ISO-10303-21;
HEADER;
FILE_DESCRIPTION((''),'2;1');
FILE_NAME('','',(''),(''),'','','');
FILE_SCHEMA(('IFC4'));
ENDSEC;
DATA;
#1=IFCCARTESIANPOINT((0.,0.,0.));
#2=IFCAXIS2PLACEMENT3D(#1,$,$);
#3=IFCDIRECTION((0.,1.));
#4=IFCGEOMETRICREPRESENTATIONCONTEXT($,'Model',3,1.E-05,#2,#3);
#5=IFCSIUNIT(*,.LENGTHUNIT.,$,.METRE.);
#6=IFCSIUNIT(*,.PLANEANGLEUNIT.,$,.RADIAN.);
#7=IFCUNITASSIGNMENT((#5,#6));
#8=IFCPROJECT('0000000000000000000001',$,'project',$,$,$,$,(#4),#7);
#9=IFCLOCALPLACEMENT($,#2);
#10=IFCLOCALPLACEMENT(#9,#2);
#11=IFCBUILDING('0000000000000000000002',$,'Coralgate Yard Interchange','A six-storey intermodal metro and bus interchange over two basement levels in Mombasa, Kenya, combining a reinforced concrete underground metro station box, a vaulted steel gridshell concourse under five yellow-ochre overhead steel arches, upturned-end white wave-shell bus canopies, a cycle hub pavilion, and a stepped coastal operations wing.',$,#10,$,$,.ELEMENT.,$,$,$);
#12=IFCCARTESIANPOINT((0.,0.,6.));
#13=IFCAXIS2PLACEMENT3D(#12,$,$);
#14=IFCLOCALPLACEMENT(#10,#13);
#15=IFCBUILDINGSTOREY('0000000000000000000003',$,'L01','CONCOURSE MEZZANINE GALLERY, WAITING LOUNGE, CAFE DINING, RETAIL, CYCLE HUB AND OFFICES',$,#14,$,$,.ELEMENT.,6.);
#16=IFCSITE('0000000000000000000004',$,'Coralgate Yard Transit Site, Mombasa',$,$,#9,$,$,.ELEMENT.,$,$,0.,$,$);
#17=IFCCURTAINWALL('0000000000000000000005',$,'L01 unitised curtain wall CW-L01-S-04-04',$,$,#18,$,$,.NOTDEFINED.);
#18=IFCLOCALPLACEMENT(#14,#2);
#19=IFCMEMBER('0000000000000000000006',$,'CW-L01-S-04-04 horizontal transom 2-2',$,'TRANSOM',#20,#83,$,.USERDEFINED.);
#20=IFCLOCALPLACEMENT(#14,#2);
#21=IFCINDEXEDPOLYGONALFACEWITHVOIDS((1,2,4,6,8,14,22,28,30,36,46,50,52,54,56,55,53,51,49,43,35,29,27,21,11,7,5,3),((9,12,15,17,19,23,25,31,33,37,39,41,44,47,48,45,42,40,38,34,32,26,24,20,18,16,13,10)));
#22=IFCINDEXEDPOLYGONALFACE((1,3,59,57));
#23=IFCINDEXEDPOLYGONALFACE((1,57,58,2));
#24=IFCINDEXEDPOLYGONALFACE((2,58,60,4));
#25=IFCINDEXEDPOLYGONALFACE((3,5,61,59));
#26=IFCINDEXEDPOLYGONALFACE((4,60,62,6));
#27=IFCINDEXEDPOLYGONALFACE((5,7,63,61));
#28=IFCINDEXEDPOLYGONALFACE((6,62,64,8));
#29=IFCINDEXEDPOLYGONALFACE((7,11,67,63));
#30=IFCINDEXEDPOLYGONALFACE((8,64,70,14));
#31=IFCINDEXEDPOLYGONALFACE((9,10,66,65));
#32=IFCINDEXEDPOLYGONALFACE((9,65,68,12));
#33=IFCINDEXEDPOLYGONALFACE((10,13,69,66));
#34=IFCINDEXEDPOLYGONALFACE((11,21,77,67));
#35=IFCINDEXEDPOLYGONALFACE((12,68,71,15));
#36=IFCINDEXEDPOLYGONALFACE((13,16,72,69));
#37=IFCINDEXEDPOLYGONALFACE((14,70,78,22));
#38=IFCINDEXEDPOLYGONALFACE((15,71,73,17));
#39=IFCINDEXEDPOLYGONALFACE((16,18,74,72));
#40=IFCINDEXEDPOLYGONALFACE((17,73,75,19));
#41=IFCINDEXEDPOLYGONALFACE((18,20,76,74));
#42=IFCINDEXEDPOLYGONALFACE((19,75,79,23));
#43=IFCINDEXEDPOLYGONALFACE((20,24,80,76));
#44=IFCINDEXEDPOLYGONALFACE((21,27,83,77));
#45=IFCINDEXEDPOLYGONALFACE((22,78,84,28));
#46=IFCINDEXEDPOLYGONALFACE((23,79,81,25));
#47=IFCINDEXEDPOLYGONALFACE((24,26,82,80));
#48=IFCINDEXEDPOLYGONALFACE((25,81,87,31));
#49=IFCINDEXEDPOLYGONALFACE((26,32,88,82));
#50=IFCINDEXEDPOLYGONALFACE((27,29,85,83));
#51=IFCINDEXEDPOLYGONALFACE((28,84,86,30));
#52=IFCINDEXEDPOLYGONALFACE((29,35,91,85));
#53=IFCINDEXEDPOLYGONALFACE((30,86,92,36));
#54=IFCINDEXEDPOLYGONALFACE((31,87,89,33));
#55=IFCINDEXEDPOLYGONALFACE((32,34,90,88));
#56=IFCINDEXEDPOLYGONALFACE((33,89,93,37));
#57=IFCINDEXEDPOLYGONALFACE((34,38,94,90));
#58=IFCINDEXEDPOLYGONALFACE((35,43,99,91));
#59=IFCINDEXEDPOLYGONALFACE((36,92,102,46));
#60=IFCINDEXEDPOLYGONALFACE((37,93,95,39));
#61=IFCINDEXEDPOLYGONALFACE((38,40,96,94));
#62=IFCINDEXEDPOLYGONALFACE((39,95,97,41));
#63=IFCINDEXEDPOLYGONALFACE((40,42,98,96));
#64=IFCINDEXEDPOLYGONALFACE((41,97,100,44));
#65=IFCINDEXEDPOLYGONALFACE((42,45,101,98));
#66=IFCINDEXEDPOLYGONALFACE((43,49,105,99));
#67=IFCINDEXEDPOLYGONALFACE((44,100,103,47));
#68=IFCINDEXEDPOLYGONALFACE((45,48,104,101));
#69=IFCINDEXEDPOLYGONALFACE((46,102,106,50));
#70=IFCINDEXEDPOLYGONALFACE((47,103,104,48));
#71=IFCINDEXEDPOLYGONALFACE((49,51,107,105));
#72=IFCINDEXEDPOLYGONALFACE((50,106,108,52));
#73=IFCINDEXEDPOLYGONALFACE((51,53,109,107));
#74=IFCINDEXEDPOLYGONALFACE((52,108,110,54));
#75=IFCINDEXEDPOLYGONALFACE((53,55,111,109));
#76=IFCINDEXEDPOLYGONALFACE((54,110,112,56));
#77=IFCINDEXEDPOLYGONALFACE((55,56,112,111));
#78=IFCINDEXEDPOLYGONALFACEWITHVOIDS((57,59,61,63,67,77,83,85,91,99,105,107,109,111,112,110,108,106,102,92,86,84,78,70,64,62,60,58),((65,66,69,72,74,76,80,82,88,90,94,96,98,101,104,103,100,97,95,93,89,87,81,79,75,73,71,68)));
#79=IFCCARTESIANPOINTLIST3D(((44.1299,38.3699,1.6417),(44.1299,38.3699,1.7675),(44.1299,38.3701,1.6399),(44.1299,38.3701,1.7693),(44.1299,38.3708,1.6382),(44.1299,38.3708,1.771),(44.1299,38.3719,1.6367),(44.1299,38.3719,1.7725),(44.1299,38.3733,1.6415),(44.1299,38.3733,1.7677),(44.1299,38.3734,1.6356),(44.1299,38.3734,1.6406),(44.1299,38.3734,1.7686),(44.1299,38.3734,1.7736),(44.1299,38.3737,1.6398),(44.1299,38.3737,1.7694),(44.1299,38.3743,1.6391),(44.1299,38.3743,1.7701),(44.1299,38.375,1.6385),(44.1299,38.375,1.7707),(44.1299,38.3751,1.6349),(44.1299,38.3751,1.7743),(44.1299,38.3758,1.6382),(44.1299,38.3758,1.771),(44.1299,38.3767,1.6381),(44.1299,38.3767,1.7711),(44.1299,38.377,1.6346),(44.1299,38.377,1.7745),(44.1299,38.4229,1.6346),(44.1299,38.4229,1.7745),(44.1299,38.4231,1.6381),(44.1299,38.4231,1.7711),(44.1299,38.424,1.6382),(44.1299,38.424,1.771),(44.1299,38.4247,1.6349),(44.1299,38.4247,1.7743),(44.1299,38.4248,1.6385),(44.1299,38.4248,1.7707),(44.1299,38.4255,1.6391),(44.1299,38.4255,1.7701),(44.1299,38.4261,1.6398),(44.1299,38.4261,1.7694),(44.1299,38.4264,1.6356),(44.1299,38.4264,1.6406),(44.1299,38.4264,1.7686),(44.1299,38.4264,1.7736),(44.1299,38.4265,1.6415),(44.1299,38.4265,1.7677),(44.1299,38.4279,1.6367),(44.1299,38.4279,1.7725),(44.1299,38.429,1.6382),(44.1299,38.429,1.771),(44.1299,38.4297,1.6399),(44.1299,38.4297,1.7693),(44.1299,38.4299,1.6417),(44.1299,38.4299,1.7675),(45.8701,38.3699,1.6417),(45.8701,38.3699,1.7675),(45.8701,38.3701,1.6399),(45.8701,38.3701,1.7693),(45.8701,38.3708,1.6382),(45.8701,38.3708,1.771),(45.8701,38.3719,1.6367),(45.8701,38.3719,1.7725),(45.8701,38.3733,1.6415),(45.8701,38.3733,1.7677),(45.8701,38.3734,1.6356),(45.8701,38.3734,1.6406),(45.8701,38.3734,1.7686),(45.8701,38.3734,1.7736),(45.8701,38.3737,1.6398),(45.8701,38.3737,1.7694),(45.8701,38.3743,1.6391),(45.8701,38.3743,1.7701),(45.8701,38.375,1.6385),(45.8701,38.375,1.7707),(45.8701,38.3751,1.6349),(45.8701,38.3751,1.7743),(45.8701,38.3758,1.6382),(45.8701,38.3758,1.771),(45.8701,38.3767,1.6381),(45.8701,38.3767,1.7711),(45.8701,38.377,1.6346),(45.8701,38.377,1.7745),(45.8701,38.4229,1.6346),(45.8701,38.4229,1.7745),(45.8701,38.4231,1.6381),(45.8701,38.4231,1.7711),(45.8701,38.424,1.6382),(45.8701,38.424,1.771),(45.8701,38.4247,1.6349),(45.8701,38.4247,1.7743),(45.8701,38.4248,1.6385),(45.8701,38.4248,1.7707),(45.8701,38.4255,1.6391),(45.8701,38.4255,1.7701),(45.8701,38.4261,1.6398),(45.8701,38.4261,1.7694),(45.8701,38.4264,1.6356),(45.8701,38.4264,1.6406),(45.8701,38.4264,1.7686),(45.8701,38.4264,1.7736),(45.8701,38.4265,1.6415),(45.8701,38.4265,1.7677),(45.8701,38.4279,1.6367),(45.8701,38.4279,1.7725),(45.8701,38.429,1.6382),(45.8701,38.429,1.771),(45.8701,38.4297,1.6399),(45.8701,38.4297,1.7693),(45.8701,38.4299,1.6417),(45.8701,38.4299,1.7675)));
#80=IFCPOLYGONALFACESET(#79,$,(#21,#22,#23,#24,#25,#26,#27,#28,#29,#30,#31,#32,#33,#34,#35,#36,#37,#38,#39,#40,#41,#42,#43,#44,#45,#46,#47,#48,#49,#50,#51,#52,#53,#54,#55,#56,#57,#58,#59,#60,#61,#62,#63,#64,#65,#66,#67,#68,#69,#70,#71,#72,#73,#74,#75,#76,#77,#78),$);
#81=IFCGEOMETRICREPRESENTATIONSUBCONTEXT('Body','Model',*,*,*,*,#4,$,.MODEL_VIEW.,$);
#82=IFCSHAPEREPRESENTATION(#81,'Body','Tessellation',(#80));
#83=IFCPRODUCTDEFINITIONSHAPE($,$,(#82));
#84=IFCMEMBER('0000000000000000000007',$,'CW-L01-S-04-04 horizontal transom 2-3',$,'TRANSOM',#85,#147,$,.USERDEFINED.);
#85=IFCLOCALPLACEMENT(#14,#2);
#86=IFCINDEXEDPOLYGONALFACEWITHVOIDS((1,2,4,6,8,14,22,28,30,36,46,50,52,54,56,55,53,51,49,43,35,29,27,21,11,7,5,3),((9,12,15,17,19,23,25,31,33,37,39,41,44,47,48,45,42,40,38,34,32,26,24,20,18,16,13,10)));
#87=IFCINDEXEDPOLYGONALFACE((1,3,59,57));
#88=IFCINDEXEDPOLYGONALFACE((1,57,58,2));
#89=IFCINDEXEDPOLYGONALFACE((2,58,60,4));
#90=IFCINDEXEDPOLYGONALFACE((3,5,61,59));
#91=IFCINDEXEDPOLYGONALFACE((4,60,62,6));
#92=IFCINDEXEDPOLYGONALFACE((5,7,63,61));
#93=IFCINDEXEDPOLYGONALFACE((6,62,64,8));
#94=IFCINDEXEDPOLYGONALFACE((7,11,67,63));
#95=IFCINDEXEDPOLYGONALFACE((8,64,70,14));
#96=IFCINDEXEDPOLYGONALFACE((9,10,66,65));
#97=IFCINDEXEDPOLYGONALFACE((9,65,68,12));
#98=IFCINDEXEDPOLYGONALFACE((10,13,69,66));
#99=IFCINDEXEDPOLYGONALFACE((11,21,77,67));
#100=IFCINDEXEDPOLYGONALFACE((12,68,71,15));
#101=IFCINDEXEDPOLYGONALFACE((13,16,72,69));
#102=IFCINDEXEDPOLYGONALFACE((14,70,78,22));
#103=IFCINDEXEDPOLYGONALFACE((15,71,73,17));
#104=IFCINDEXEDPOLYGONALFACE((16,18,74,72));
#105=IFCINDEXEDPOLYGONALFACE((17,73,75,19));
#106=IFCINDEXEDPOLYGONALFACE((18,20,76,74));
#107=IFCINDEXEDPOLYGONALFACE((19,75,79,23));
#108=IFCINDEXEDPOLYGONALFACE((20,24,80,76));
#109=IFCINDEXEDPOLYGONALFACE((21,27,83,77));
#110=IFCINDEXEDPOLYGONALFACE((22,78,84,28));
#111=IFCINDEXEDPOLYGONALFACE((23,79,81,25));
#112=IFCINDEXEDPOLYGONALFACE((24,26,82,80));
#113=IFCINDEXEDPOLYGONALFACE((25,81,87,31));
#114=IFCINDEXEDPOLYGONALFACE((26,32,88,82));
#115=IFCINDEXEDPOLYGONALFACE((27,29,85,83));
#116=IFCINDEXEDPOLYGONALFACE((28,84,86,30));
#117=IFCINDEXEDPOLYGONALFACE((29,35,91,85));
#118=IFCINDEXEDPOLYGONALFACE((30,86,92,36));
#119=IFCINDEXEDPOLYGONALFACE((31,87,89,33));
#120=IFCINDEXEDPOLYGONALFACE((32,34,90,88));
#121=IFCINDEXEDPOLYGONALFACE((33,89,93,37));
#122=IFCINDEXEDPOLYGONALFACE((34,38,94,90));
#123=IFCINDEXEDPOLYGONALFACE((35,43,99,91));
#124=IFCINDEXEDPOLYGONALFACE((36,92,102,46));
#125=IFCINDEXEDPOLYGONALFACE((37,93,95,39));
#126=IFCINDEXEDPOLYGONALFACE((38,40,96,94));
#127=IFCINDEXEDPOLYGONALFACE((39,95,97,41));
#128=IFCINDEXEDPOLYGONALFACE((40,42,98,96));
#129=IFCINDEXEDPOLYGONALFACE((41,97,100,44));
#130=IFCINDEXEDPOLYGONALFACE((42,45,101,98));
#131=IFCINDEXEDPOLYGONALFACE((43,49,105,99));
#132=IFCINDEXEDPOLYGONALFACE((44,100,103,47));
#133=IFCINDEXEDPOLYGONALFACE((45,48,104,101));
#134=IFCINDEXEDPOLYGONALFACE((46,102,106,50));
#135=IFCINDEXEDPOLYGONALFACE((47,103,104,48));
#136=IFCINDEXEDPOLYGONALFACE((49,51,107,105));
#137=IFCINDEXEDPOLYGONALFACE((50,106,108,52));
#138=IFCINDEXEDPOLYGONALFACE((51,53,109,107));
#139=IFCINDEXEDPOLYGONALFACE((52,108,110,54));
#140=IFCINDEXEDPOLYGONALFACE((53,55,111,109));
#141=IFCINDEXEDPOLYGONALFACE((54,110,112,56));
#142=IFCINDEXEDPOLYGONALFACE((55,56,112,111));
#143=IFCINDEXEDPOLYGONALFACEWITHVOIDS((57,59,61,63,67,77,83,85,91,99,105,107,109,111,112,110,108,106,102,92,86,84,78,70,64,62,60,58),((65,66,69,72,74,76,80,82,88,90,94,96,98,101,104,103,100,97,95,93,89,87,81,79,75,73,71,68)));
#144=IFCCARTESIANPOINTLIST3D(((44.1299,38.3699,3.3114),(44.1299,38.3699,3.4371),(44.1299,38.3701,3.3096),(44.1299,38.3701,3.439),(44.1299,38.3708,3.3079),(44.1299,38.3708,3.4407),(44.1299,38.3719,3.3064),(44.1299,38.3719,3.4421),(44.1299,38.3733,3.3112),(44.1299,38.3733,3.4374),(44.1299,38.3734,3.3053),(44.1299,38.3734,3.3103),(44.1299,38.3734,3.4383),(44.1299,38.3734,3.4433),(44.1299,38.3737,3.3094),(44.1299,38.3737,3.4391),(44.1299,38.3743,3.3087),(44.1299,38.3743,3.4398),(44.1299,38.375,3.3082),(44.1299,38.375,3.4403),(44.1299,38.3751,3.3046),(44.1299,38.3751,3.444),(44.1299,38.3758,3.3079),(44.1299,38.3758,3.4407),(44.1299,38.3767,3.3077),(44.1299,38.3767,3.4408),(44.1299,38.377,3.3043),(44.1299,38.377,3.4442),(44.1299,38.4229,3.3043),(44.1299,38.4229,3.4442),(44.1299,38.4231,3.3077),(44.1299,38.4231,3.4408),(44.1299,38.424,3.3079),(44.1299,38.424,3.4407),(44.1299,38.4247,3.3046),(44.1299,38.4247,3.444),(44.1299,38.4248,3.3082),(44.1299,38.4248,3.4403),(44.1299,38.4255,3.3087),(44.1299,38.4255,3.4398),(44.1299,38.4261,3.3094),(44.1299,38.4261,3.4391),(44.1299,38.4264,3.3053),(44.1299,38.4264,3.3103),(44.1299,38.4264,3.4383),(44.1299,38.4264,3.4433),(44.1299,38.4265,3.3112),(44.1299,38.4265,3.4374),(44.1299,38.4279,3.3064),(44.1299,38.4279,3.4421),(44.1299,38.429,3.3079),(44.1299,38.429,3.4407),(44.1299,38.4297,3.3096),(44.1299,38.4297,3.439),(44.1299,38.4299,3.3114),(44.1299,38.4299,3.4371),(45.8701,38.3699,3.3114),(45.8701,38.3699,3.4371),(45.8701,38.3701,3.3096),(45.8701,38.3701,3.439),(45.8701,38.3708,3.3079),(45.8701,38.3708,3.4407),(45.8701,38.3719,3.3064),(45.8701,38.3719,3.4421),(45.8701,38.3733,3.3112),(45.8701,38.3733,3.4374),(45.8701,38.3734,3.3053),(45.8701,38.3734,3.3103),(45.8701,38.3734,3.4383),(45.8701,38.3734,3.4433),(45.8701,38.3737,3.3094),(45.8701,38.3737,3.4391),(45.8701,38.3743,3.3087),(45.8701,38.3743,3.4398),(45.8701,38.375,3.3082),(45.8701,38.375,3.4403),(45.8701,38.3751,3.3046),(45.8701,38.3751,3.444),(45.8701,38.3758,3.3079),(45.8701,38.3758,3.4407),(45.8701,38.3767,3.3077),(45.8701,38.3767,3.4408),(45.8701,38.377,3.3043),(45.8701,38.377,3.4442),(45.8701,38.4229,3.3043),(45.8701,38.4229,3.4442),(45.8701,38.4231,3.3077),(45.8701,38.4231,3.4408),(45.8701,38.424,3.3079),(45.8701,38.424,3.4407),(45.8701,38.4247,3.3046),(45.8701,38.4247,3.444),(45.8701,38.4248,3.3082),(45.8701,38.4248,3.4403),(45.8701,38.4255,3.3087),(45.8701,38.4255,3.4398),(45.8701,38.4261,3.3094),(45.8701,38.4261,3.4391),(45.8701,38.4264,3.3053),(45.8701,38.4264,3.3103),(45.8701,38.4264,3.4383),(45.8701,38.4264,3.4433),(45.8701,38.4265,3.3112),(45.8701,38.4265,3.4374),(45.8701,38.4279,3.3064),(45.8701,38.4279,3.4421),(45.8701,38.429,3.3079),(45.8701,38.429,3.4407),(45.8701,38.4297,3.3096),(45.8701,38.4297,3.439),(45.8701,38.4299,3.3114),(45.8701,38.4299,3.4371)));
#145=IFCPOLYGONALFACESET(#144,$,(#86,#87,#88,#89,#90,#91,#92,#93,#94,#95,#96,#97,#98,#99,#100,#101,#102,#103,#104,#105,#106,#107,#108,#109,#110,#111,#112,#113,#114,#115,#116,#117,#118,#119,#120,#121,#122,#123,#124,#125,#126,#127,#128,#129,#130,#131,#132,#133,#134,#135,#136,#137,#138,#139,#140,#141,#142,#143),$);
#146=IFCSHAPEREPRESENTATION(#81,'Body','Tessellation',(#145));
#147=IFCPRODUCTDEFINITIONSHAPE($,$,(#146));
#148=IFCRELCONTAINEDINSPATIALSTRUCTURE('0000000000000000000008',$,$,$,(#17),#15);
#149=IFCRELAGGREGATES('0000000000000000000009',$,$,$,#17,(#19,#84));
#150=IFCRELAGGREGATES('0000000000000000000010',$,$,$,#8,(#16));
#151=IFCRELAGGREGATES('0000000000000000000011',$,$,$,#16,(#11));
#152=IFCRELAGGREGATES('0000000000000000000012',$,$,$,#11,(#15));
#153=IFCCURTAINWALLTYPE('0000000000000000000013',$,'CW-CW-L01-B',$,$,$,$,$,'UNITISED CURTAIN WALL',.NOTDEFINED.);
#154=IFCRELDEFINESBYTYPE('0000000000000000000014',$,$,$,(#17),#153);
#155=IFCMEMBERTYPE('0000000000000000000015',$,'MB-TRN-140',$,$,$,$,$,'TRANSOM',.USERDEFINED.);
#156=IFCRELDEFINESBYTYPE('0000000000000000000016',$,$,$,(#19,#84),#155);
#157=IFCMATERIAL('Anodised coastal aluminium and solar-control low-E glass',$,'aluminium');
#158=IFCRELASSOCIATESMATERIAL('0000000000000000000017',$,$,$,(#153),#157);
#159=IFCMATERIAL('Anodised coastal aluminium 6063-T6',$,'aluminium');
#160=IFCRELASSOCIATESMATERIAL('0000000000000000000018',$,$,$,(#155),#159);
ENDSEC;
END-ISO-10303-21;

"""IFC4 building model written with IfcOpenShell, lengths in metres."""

from ifc_helpers import new_model, si_unit, direction, frame, origin, origin_2d, place, context, subcontext, project, spatial, hollow_rectangle, extrude, material, material_profile, profile_set, type_object, element, aggregate, save


model = new_model("IFC4")

# Units and contexts
model_context = context("Model", 3, precision=1e-05, world=origin(), true_north=direction((0.0, 1.0)))
body_context = subcontext(model_context, "Body", "Model", "MODEL_VIEW")
ifc_project = project(units=[si_unit("LENGTHUNIT", "METRE"), si_unit("PLANEANGLEUNIT", "RADIAN")], contexts=[model_context])

# Site, building, storey
site_placement = place(None, origin())
site = spatial("IfcSite", under=ifc_project, at=site_placement, Name="Coralgate Yard Transit Site, Mombasa", CompositionType="ELEMENT", RefElevation=0.0)
building_placement = place(site_placement, origin())
building = spatial("IfcBuilding", under=site, at=building_placement, Name="Coralgate Yard Interchange", Description="A six-storey intermodal metro and bus interchange over two basement levels in Mombasa, Kenya, combining a reinforced concrete underground metro station box, a vaulted steel gridshell concourse under five yellow-ochre overhead steel arches, upturned-end white wave-shell bus canopies, a cycle hub pavilion, and a stepped coastal operations wing.", CompositionType="ELEMENT")
storey_placement = place(building_placement, frame((0.0, 0.0, 6.0)))
storey = spatial("IfcBuildingStorey", under=building, at=storey_placement, Name="L01", Description="CONCOURSE MEZZANINE GALLERY, WAITING LOUNGE, CAFE DINING, RETAIL, CYCLE HUB AND OFFICES", CompositionType="ELEMENT", Elevation=6.0)

# Curtain wall
ifc_material_1 = material(Name="Anodised coastal aluminium and solar-control low-E glass", Category="aluminium")
curtain_wall_type = type_object("IfcCurtainWallType", Name="CW-CW-L01-B", ElementType="UNITISED CURTAIN WALL", PredefinedType="NOTDEFINED", material=ifc_material_1)
curtain_wall_1_placement = place(storey_placement, origin())
curtain_wall_1 = element("IfcCurtainWall", 1, at=curtain_wall_1_placement, inside=storey, type_object=curtain_wall_type, Name="L01 unitised curtain wall CW-L01-S-04-04", PredefinedType="NOTDEFINED")
ifc_material_2 = material(Name="Anodised coastal aluminium 6063-T6", Category="aluminium")

# Members
ifc_material_profile_1 = material_profile(ifc_material_2, hollow_rectangle(XDim=0.0601, YDim=0.1399, WallThickness=0.0034, InnerFilletRadius=0.0034, OuterFilletRadius=0.0071, at=origin_2d()), Name="ALU 60x140x3.5")
ifc_profile_set_1 = profile_set([ifc_material_profile_1], Name="Anodised coastal aluminium 6063-T6")
member_type_1 = type_object("IfcMemberType", Name="MB-TRN-140", ElementType="TRANSOM", PredefinedType="USERDEFINED", material=ifc_profile_set_1)
member_1_placement = place(storey_placement, frame((45.8701, 38.3999, 1.7046), z_axis=(-1.0, 0.0, 0.0), x_axis=(0.0, -1.0, 0.0)))
member_1 = element("IfcMember", 2, at=member_1_placement, type_object=member_type_1, Name="CW-L01-S-04-04 horizontal transom 2-2", ObjectType="TRANSOM", PredefinedType="USERDEFINED", context=body_context, shape_type="SweptSolid", body=[
    extrude(hollow_rectangle(XDim=0.0601, YDim=0.1399, WallThickness=0.0034, InnerFilletRadius=0.0034, OuterFilletRadius=0.0071, at=origin_2d()), origin(), (0.0, 0.0, 1.0), 1.7402),
])
member_2_placement = place(storey_placement, frame((45.8701, 38.3999, 3.3743), z_axis=(-1.0, 0.0, 0.0), x_axis=(0.0, -1.0, 0.0)))
member_2 = element("IfcMember", 3, at=member_2_placement, type_object=member_type_1, Name="CW-L01-S-04-04 horizontal transom 2-3", ObjectType="TRANSOM", PredefinedType="USERDEFINED", context=body_context, shape_type="SweptSolid", body=[
    extrude(hollow_rectangle(XDim=0.0601, YDim=0.1399, WallThickness=0.0034, InnerFilletRadius=0.0034, OuterFilletRadius=0.0071, at=origin_2d()), origin(), (0.0, 0.0, 1.0), 1.7402),
])

aggregate(curtain_wall_1, [member_1, member_2])

save(model, "model.ifc")
